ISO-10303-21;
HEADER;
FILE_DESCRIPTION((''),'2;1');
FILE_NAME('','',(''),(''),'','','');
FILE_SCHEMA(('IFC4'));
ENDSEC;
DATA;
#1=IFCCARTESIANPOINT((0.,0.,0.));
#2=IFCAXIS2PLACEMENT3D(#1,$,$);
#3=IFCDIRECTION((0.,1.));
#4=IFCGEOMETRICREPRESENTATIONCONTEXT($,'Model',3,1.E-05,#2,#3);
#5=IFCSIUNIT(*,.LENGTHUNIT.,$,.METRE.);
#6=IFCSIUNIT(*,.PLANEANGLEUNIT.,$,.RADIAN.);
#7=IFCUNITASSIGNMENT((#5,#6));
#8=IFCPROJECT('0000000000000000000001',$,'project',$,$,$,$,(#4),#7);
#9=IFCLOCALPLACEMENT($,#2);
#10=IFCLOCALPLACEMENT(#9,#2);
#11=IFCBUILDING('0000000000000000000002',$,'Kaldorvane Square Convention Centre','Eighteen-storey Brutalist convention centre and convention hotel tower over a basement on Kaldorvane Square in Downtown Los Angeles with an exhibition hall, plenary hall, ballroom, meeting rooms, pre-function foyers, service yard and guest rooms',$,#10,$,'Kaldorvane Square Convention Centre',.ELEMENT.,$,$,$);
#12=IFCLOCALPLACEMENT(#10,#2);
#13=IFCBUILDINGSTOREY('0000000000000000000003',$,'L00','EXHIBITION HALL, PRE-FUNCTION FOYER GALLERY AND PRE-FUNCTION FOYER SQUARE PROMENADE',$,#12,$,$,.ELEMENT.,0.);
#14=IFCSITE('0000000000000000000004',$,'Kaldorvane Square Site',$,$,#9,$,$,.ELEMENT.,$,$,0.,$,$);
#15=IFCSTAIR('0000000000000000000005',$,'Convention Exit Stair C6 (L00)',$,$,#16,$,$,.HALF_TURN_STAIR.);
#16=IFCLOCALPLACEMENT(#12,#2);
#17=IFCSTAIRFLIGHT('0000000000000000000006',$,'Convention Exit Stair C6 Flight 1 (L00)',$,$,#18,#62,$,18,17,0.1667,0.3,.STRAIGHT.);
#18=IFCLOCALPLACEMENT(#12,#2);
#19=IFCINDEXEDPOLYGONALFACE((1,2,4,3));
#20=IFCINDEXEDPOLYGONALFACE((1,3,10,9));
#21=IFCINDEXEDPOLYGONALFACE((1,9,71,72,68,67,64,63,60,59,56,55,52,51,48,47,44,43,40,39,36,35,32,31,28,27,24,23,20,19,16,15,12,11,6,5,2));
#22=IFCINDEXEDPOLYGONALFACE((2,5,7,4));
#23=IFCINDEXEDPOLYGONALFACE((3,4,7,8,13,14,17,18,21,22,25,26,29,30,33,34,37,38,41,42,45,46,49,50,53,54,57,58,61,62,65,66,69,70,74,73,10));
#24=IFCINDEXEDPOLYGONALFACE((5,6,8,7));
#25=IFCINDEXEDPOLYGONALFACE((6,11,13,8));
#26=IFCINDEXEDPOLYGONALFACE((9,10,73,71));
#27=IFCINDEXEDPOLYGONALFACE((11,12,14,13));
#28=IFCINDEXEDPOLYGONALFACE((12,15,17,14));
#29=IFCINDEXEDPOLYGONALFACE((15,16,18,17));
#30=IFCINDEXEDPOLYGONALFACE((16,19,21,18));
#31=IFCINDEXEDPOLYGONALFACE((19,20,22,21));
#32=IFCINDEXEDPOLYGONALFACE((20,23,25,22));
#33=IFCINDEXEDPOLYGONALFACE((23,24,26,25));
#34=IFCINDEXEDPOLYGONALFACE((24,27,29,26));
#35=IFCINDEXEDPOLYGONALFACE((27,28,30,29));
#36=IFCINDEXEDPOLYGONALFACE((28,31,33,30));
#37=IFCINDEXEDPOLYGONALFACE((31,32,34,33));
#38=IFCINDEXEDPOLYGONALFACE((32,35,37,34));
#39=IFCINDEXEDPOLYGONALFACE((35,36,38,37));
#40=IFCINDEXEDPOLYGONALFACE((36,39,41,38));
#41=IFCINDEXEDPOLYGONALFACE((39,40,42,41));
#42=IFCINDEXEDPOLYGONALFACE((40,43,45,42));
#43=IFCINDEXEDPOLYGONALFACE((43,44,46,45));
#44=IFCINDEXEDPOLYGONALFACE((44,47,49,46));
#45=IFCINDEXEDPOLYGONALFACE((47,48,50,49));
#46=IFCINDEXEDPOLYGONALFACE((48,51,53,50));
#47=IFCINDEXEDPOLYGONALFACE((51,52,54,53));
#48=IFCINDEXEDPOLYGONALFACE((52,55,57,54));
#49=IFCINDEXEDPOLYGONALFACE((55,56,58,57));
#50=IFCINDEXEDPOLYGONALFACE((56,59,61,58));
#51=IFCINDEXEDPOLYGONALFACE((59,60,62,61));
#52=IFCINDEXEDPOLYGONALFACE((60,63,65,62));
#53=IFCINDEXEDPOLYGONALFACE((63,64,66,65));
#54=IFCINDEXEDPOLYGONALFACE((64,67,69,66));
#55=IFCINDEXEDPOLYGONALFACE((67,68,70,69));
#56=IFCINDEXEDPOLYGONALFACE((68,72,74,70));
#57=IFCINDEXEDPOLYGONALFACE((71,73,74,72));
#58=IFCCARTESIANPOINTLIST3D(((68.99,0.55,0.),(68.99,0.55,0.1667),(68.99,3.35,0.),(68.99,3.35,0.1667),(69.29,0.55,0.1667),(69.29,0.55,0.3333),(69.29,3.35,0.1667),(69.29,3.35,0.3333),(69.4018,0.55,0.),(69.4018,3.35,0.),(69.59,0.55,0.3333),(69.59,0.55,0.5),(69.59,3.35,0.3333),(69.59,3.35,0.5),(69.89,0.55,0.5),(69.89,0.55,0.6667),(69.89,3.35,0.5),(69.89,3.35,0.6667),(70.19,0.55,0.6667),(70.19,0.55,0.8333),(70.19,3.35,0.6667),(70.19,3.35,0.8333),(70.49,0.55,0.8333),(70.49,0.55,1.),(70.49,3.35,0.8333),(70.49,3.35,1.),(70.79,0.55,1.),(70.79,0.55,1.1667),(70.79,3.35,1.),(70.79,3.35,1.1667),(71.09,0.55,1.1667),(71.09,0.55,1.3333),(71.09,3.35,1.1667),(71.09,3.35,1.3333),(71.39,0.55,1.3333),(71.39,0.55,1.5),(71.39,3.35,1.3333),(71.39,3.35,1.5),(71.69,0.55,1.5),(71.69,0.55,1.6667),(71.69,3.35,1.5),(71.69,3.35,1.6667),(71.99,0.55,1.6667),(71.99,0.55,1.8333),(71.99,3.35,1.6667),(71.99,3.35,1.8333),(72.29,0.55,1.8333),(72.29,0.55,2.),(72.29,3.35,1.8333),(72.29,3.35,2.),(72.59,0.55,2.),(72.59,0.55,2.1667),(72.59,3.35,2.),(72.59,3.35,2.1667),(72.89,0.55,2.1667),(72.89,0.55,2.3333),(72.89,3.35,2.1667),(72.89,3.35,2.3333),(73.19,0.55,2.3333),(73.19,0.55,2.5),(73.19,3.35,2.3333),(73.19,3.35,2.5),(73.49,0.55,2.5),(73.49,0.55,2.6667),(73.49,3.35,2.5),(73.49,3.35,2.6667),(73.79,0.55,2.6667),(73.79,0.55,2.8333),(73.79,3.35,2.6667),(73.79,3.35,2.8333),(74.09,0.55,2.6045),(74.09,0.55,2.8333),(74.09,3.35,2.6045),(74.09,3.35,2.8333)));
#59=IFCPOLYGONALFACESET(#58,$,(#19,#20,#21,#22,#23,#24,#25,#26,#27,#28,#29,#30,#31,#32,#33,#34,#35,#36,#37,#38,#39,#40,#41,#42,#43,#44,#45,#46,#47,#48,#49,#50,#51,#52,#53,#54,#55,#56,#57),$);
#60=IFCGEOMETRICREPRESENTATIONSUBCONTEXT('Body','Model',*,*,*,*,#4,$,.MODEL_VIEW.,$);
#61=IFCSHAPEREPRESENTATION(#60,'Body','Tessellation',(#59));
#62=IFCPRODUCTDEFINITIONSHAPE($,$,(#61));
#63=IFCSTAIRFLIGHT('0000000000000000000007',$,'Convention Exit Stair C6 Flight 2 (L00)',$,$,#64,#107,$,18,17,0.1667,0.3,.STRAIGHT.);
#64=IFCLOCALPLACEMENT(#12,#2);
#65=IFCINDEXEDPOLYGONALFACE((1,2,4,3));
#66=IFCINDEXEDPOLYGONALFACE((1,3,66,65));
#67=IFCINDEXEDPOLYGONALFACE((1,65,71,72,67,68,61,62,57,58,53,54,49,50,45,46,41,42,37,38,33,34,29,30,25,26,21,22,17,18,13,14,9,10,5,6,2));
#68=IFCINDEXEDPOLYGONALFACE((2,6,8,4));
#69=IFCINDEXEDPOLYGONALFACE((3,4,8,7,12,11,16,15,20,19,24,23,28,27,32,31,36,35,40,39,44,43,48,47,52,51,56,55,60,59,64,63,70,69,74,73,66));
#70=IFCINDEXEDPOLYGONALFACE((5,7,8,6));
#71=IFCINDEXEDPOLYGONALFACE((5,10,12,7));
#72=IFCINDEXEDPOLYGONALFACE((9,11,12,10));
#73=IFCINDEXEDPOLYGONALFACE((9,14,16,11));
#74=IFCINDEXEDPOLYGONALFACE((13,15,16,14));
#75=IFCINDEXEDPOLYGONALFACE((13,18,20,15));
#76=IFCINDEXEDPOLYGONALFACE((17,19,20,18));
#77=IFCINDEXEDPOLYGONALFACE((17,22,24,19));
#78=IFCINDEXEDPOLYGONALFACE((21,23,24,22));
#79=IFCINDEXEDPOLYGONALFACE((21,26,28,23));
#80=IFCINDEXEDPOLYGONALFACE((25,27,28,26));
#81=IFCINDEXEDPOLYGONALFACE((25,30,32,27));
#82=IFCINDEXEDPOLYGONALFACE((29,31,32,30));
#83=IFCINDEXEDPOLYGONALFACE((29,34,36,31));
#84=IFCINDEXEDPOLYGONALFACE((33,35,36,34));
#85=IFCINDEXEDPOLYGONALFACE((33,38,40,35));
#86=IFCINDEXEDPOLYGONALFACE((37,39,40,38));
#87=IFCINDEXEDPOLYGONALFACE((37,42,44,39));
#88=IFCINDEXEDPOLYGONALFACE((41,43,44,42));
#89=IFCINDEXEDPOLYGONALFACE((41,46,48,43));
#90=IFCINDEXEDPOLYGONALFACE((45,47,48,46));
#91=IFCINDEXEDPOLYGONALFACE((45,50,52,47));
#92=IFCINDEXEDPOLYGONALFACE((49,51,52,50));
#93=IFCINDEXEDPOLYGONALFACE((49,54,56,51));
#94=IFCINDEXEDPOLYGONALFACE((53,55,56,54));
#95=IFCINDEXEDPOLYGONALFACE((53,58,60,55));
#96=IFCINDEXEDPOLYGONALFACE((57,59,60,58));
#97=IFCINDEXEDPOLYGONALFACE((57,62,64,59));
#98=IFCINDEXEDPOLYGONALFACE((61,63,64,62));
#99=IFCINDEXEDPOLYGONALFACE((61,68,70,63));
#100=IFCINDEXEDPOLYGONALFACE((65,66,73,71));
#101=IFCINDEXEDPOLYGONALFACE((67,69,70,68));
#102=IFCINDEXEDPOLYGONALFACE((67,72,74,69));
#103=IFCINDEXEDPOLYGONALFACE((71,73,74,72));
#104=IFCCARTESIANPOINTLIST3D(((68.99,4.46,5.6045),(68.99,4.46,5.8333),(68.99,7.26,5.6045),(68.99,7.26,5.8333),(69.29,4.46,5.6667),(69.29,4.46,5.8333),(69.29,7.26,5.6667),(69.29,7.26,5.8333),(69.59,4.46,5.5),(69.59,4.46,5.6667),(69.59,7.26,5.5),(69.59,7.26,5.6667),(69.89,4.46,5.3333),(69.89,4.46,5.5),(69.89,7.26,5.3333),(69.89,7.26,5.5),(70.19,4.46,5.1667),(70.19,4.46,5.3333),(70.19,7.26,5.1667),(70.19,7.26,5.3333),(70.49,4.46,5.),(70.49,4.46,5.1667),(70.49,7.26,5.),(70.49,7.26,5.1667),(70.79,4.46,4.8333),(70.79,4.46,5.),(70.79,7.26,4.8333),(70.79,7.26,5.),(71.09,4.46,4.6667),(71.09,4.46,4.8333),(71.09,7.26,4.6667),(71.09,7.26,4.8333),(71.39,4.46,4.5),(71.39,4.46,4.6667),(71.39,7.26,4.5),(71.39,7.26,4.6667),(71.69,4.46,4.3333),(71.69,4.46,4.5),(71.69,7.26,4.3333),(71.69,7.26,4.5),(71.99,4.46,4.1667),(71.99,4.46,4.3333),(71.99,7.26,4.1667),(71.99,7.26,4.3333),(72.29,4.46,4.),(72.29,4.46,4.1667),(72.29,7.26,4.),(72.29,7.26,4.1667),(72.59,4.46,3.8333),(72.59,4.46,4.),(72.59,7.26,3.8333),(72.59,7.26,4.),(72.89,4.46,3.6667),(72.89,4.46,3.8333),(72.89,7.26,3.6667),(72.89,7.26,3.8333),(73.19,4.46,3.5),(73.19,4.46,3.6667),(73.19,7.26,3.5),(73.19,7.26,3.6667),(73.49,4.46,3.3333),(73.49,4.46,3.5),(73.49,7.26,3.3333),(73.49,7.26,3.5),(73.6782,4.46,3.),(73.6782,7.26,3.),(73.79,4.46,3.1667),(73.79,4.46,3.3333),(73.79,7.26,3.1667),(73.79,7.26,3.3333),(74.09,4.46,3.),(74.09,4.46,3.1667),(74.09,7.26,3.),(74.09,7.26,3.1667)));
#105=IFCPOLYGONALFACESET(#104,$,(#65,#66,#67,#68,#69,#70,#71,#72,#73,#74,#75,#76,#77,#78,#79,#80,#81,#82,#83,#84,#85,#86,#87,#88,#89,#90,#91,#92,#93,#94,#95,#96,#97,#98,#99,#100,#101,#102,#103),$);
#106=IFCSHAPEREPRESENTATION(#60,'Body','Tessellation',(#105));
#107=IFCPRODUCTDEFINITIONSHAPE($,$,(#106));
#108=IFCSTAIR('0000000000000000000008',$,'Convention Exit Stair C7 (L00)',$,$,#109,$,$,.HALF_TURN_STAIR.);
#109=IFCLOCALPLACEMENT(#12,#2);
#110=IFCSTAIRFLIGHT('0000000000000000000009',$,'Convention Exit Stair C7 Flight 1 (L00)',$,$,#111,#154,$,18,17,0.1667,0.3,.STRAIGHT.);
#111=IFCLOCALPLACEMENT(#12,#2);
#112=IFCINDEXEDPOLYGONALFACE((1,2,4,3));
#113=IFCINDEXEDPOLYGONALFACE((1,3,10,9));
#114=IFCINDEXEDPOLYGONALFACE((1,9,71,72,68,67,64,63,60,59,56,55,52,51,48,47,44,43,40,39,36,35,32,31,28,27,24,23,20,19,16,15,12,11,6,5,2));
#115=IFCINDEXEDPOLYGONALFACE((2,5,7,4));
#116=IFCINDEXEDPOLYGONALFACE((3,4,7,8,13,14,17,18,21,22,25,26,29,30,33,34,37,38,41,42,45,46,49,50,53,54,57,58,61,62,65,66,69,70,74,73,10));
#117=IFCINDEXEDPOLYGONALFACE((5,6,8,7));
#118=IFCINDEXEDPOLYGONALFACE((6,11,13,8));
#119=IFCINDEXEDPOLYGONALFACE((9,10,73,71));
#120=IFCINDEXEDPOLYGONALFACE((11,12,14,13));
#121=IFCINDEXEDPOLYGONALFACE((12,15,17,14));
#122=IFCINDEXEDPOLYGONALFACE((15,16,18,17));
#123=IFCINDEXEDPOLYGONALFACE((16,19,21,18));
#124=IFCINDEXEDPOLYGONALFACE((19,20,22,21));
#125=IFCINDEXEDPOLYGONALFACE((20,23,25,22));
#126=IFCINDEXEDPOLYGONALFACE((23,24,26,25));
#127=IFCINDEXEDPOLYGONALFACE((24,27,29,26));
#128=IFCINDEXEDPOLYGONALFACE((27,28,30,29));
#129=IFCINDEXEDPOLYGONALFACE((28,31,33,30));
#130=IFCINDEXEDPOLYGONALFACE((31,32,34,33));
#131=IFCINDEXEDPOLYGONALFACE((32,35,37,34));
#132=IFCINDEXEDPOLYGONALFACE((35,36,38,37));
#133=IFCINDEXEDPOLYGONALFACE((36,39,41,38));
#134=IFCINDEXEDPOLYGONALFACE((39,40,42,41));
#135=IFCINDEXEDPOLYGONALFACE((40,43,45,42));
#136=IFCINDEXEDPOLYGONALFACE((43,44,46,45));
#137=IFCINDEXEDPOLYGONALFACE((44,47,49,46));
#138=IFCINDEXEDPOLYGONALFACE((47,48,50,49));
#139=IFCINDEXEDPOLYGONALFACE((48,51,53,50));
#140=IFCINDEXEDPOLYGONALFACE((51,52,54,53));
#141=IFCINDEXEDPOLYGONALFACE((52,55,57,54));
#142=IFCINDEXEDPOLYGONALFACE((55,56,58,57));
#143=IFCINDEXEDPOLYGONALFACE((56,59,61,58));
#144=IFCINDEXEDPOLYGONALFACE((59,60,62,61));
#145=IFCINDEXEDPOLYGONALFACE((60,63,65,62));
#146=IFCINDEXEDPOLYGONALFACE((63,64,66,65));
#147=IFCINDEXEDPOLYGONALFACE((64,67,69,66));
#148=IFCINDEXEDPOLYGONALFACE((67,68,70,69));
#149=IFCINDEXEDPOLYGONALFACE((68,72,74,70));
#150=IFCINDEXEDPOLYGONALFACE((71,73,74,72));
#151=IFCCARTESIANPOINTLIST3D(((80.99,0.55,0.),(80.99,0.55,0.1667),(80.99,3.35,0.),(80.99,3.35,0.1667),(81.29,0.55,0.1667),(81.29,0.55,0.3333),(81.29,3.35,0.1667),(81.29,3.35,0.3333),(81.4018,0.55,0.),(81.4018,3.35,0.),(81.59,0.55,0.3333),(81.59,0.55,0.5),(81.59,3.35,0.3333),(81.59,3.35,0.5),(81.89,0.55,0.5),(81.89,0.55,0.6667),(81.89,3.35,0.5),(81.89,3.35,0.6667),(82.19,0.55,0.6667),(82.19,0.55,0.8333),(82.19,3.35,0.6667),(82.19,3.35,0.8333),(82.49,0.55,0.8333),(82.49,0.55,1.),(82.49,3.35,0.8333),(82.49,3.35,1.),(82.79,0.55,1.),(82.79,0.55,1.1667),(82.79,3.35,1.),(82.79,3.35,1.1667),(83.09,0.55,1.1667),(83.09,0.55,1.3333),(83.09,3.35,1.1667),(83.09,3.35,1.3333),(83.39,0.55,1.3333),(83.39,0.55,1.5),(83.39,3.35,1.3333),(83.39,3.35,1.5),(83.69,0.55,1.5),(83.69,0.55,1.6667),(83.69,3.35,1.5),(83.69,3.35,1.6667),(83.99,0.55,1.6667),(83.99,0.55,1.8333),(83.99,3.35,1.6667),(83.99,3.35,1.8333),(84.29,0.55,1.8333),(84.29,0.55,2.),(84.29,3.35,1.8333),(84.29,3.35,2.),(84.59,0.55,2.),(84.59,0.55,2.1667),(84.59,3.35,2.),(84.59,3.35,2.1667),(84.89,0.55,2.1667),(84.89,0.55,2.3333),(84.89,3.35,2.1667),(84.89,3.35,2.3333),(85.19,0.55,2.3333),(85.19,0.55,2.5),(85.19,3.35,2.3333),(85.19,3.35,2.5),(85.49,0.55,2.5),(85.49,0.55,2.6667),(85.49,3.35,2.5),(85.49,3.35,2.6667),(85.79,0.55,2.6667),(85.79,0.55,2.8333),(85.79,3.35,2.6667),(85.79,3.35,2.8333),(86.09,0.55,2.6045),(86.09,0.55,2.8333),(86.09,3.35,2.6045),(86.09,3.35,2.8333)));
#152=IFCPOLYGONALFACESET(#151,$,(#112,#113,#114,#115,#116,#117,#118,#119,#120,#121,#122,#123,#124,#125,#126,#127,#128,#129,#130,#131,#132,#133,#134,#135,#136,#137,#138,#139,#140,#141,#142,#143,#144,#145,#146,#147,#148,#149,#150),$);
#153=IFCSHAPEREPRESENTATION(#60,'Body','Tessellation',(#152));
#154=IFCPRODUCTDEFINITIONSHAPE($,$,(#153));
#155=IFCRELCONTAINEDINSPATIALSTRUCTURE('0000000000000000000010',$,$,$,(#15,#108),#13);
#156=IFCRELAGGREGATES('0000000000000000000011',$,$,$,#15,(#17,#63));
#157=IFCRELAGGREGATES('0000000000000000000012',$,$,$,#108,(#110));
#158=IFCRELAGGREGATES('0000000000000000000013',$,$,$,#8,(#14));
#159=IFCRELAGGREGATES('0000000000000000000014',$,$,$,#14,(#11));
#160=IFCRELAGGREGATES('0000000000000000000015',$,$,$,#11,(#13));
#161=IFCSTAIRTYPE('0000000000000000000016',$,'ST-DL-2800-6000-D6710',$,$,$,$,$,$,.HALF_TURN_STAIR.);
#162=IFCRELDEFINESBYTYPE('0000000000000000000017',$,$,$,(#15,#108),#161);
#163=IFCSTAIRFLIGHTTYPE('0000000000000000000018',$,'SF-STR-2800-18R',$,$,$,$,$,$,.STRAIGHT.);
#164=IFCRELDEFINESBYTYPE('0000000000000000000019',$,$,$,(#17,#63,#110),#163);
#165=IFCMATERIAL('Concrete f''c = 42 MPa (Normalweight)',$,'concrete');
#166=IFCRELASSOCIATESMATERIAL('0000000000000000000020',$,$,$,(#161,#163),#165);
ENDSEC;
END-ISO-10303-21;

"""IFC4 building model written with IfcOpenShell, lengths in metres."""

from ifc_helpers import new_model, si_unit, direction, frame, origin, place, context, subcontext, project, spatial, polyline, outline, extrude, material, type_object, element, aggregate, save


model = new_model("IFC4")

# Units and contexts
model_context = context("Model", 3, precision=1e-05, world=origin(), true_north=direction((0.0, 1.0)))
body_context = subcontext(model_context, "Body", "Model", "MODEL_VIEW")
ifc_project = project(units=[si_unit("LENGTHUNIT", "METRE"), si_unit("PLANEANGLEUNIT", "RADIAN")], contexts=[model_context])

# Site, building, storey
site_placement = place(None, origin())
site = spatial("IfcSite", under=ifc_project, at=site_placement, Name="Kaldorvane Square Site", CompositionType="ELEMENT", RefElevation=0.0)
building_placement = place(site_placement, origin())
building = spatial("IfcBuilding", under=site, at=building_placement, Name="Kaldorvane Square Convention Centre", Description="Eighteen-storey Brutalist convention centre and convention hotel tower over a basement on Kaldorvane Square in Downtown Los Angeles with an exhibition hall, plenary hall, ballroom, meeting rooms, pre-function foyers, service yard and guest rooms", LongName="Kaldorvane Square Convention Centre", CompositionType="ELEMENT")
storey_placement = place(building_placement, origin())
storey = spatial("IfcBuildingStorey", under=building, at=storey_placement, Name="L00", Description="EXHIBITION HALL, PRE-FUNCTION FOYER GALLERY AND PRE-FUNCTION FOYER SQUARE PROMENADE", CompositionType="ELEMENT", Elevation=0.0)

# Shared definitions
ifc_material_1 = material(Name="Concrete f'c = 42 MPa (Normalweight)", Category="concrete")

# Stair, stair flights
stair_type = type_object("IfcStairType", Name="ST-DL-2800-6000-D6710", PredefinedType="HALF_TURN_STAIR", material=ifc_material_1)
stair_flight_type = type_object("IfcStairFlightType", Name="SF-STR-2800-18R", PredefinedType="STRAIGHT", material=ifc_material_1)
stair_1_placement = place(storey_placement, origin())
stair_1 = element("IfcStair", 1, at=stair_1_placement, inside=storey, type_object=stair_type, Name="Convention Exit Stair C6 (L00)", PredefinedType="HALF_TURN_STAIR")
stair_flight_1_placement = place(storey_placement, frame((68.99, 1.95, 0.0), z_axis=(0.0, 0.0, 1.0), x_axis=(1.0, 0.0, 0.0)))
stair_flight_1 = element("IfcStairFlight", 2, at=stair_flight_1_placement, type_object=stair_flight_type, Name="Convention Exit Stair C6 Flight 1 (L00)", NumberOfRisers=18, NumberOfTreads=17, PredefinedType="STRAIGHT", RiserHeight=0.1667, TreadLength=0.3, context=body_context, shape_type="SweptSolid", body=[
    extrude(outline(polyline([(0.0, 0.0), (0.0, 0.1667), (0.3, 0.1667), (0.3, 0.3333), (0.6, 0.3333), (0.6, 0.5), (0.9, 0.5), (0.9, 0.6667), (1.2, 0.6667), (1.2, 0.8333), (1.5, 0.8333), (1.5, 1.0), (1.8, 1.0), (1.8, 1.1667), (2.1, 1.1667), (2.1, 1.3333), (2.4, 1.3333), (2.4, 1.5), (2.7, 1.5), (2.7, 1.6667), (3.0, 1.6667), (3.0, 1.8333), (3.3, 1.8333), (3.3, 2.0), (3.6, 2.0), (3.6, 2.1667), (3.9, 2.1667), (3.9, 2.3333), (4.2, 2.3333), (4.2, 2.5), (4.5, 2.5), (4.5, 2.6667), (4.8, 2.6667), (4.8, 2.8333), (5.1, 2.8333), (5.1, 3.0), (5.1, 2.6045), (0.4118, 0.0), (0.0, 0.0)])), frame((0.0, 1.4, 0.0), z_axis=(0.0, -1.0, 0.0), x_axis=(1.0, 0.0, 0.0)), (0.0, 0.0, 1.0), 2.8),
])
stair_flight_2_placement = place(storey_placement, frame((74.09, 5.86, 3.0), z_axis=(0.0, 0.0, 1.0), x_axis=(-1.0, 0.0, 0.0)))
stair_flight_2 = element("IfcStairFlight", 3, at=stair_flight_2_placement, type_object=stair_flight_type, Name="Convention Exit Stair C6 Flight 2 (L00)", NumberOfRisers=18, NumberOfTreads=17, PredefinedType="STRAIGHT", RiserHeight=0.1667, TreadLength=0.3, context=body_context, shape_type="SweptSolid", body=[
    extrude(outline(polyline([(0.0, 0.0), (0.0, 0.1667), (0.3, 0.1667), (0.3, 0.3333), (0.6, 0.3333), (0.6, 0.5), (0.9, 0.5), (0.9, 0.6667), (1.2, 0.6667), (1.2, 0.8333), (1.5, 0.8333), (1.5, 1.0), (1.8, 1.0), (1.8, 1.1667), (2.1, 1.1667), (2.1, 1.3333), (2.4, 1.3333), (2.4, 1.5), (2.7, 1.5), (2.7, 1.6667), (3.0, 1.6667), (3.0, 1.8333), (3.3, 1.8333), (3.3, 2.0), (3.6, 2.0), (3.6, 2.1667), (3.9, 2.1667), (3.9, 2.3333), (4.2, 2.3333), (4.2, 2.5), (4.5, 2.5), (4.5, 2.6667), (4.8, 2.6667), (4.8, 2.8333), (5.1, 2.8333), (5.1, 3.0), (5.1, 2.6045), (0.4118, 0.0), (0.0, 0.0)])), frame((0.0, 1.4, 0.0), z_axis=(0.0, -1.0, 0.0), x_axis=(1.0, 0.0, 0.0)), (0.0, 0.0, 1.0), 2.8),
])
aggregate(stair_1, [stair_flight_1, stair_flight_2])

# Stair, stair flight
stair_2_placement = place(storey_placement, origin())
stair_2 = element("IfcStair", 4, at=stair_2_placement, inside=storey, type_object=stair_type, Name="Convention Exit Stair C7 (L00)", PredefinedType="HALF_TURN_STAIR")
stair_flight_3_placement = place(storey_placement, frame((80.99, 1.95, 0.0), z_axis=(0.0, 0.0, 1.0), x_axis=(1.0, 0.0, 0.0)))
stair_flight_3 = element("IfcStairFlight", 5, at=stair_flight_3_placement, type_object=stair_flight_type, Name="Convention Exit Stair C7 Flight 1 (L00)", NumberOfRisers=18, NumberOfTreads=17, PredefinedType="STRAIGHT", RiserHeight=0.1667, TreadLength=0.3, context=body_context, shape_type="SweptSolid", body=[
    extrude(outline(polyline([(0.0, 0.0), (0.0, 0.1667), (0.3, 0.1667), (0.3, 0.3333), (0.6, 0.3333), (0.6, 0.5), (0.9, 0.5), (0.9, 0.6667), (1.2, 0.6667), (1.2, 0.8333), (1.5, 0.8333), (1.5, 1.0), (1.8, 1.0), (1.8, 1.1667), (2.1, 1.1667), (2.1, 1.3333), (2.4, 1.3333), (2.4, 1.5), (2.7, 1.5), (2.7, 1.6667), (3.0, 1.6667), (3.0, 1.8333), (3.3, 1.8333), (3.3, 2.0), (3.6, 2.0), (3.6, 2.1667), (3.9, 2.1667), (3.9, 2.3333), (4.2, 2.3333), (4.2, 2.5), (4.5, 2.5), (4.5, 2.6667), (4.8, 2.6667), (4.8, 2.8333), (5.1, 2.8333), (5.1, 3.0), (5.1, 2.6045), (0.4118, 0.0), (0.0, 0.0)])), frame((0.0, 1.4, 0.0), z_axis=(0.0, -1.0, 0.0), x_axis=(1.0, 0.0, 0.0)), (0.0, 0.0, 1.0), 2.8),
])
aggregate(stair_2, [stair_flight_3])

save(model, "model.ifc")
